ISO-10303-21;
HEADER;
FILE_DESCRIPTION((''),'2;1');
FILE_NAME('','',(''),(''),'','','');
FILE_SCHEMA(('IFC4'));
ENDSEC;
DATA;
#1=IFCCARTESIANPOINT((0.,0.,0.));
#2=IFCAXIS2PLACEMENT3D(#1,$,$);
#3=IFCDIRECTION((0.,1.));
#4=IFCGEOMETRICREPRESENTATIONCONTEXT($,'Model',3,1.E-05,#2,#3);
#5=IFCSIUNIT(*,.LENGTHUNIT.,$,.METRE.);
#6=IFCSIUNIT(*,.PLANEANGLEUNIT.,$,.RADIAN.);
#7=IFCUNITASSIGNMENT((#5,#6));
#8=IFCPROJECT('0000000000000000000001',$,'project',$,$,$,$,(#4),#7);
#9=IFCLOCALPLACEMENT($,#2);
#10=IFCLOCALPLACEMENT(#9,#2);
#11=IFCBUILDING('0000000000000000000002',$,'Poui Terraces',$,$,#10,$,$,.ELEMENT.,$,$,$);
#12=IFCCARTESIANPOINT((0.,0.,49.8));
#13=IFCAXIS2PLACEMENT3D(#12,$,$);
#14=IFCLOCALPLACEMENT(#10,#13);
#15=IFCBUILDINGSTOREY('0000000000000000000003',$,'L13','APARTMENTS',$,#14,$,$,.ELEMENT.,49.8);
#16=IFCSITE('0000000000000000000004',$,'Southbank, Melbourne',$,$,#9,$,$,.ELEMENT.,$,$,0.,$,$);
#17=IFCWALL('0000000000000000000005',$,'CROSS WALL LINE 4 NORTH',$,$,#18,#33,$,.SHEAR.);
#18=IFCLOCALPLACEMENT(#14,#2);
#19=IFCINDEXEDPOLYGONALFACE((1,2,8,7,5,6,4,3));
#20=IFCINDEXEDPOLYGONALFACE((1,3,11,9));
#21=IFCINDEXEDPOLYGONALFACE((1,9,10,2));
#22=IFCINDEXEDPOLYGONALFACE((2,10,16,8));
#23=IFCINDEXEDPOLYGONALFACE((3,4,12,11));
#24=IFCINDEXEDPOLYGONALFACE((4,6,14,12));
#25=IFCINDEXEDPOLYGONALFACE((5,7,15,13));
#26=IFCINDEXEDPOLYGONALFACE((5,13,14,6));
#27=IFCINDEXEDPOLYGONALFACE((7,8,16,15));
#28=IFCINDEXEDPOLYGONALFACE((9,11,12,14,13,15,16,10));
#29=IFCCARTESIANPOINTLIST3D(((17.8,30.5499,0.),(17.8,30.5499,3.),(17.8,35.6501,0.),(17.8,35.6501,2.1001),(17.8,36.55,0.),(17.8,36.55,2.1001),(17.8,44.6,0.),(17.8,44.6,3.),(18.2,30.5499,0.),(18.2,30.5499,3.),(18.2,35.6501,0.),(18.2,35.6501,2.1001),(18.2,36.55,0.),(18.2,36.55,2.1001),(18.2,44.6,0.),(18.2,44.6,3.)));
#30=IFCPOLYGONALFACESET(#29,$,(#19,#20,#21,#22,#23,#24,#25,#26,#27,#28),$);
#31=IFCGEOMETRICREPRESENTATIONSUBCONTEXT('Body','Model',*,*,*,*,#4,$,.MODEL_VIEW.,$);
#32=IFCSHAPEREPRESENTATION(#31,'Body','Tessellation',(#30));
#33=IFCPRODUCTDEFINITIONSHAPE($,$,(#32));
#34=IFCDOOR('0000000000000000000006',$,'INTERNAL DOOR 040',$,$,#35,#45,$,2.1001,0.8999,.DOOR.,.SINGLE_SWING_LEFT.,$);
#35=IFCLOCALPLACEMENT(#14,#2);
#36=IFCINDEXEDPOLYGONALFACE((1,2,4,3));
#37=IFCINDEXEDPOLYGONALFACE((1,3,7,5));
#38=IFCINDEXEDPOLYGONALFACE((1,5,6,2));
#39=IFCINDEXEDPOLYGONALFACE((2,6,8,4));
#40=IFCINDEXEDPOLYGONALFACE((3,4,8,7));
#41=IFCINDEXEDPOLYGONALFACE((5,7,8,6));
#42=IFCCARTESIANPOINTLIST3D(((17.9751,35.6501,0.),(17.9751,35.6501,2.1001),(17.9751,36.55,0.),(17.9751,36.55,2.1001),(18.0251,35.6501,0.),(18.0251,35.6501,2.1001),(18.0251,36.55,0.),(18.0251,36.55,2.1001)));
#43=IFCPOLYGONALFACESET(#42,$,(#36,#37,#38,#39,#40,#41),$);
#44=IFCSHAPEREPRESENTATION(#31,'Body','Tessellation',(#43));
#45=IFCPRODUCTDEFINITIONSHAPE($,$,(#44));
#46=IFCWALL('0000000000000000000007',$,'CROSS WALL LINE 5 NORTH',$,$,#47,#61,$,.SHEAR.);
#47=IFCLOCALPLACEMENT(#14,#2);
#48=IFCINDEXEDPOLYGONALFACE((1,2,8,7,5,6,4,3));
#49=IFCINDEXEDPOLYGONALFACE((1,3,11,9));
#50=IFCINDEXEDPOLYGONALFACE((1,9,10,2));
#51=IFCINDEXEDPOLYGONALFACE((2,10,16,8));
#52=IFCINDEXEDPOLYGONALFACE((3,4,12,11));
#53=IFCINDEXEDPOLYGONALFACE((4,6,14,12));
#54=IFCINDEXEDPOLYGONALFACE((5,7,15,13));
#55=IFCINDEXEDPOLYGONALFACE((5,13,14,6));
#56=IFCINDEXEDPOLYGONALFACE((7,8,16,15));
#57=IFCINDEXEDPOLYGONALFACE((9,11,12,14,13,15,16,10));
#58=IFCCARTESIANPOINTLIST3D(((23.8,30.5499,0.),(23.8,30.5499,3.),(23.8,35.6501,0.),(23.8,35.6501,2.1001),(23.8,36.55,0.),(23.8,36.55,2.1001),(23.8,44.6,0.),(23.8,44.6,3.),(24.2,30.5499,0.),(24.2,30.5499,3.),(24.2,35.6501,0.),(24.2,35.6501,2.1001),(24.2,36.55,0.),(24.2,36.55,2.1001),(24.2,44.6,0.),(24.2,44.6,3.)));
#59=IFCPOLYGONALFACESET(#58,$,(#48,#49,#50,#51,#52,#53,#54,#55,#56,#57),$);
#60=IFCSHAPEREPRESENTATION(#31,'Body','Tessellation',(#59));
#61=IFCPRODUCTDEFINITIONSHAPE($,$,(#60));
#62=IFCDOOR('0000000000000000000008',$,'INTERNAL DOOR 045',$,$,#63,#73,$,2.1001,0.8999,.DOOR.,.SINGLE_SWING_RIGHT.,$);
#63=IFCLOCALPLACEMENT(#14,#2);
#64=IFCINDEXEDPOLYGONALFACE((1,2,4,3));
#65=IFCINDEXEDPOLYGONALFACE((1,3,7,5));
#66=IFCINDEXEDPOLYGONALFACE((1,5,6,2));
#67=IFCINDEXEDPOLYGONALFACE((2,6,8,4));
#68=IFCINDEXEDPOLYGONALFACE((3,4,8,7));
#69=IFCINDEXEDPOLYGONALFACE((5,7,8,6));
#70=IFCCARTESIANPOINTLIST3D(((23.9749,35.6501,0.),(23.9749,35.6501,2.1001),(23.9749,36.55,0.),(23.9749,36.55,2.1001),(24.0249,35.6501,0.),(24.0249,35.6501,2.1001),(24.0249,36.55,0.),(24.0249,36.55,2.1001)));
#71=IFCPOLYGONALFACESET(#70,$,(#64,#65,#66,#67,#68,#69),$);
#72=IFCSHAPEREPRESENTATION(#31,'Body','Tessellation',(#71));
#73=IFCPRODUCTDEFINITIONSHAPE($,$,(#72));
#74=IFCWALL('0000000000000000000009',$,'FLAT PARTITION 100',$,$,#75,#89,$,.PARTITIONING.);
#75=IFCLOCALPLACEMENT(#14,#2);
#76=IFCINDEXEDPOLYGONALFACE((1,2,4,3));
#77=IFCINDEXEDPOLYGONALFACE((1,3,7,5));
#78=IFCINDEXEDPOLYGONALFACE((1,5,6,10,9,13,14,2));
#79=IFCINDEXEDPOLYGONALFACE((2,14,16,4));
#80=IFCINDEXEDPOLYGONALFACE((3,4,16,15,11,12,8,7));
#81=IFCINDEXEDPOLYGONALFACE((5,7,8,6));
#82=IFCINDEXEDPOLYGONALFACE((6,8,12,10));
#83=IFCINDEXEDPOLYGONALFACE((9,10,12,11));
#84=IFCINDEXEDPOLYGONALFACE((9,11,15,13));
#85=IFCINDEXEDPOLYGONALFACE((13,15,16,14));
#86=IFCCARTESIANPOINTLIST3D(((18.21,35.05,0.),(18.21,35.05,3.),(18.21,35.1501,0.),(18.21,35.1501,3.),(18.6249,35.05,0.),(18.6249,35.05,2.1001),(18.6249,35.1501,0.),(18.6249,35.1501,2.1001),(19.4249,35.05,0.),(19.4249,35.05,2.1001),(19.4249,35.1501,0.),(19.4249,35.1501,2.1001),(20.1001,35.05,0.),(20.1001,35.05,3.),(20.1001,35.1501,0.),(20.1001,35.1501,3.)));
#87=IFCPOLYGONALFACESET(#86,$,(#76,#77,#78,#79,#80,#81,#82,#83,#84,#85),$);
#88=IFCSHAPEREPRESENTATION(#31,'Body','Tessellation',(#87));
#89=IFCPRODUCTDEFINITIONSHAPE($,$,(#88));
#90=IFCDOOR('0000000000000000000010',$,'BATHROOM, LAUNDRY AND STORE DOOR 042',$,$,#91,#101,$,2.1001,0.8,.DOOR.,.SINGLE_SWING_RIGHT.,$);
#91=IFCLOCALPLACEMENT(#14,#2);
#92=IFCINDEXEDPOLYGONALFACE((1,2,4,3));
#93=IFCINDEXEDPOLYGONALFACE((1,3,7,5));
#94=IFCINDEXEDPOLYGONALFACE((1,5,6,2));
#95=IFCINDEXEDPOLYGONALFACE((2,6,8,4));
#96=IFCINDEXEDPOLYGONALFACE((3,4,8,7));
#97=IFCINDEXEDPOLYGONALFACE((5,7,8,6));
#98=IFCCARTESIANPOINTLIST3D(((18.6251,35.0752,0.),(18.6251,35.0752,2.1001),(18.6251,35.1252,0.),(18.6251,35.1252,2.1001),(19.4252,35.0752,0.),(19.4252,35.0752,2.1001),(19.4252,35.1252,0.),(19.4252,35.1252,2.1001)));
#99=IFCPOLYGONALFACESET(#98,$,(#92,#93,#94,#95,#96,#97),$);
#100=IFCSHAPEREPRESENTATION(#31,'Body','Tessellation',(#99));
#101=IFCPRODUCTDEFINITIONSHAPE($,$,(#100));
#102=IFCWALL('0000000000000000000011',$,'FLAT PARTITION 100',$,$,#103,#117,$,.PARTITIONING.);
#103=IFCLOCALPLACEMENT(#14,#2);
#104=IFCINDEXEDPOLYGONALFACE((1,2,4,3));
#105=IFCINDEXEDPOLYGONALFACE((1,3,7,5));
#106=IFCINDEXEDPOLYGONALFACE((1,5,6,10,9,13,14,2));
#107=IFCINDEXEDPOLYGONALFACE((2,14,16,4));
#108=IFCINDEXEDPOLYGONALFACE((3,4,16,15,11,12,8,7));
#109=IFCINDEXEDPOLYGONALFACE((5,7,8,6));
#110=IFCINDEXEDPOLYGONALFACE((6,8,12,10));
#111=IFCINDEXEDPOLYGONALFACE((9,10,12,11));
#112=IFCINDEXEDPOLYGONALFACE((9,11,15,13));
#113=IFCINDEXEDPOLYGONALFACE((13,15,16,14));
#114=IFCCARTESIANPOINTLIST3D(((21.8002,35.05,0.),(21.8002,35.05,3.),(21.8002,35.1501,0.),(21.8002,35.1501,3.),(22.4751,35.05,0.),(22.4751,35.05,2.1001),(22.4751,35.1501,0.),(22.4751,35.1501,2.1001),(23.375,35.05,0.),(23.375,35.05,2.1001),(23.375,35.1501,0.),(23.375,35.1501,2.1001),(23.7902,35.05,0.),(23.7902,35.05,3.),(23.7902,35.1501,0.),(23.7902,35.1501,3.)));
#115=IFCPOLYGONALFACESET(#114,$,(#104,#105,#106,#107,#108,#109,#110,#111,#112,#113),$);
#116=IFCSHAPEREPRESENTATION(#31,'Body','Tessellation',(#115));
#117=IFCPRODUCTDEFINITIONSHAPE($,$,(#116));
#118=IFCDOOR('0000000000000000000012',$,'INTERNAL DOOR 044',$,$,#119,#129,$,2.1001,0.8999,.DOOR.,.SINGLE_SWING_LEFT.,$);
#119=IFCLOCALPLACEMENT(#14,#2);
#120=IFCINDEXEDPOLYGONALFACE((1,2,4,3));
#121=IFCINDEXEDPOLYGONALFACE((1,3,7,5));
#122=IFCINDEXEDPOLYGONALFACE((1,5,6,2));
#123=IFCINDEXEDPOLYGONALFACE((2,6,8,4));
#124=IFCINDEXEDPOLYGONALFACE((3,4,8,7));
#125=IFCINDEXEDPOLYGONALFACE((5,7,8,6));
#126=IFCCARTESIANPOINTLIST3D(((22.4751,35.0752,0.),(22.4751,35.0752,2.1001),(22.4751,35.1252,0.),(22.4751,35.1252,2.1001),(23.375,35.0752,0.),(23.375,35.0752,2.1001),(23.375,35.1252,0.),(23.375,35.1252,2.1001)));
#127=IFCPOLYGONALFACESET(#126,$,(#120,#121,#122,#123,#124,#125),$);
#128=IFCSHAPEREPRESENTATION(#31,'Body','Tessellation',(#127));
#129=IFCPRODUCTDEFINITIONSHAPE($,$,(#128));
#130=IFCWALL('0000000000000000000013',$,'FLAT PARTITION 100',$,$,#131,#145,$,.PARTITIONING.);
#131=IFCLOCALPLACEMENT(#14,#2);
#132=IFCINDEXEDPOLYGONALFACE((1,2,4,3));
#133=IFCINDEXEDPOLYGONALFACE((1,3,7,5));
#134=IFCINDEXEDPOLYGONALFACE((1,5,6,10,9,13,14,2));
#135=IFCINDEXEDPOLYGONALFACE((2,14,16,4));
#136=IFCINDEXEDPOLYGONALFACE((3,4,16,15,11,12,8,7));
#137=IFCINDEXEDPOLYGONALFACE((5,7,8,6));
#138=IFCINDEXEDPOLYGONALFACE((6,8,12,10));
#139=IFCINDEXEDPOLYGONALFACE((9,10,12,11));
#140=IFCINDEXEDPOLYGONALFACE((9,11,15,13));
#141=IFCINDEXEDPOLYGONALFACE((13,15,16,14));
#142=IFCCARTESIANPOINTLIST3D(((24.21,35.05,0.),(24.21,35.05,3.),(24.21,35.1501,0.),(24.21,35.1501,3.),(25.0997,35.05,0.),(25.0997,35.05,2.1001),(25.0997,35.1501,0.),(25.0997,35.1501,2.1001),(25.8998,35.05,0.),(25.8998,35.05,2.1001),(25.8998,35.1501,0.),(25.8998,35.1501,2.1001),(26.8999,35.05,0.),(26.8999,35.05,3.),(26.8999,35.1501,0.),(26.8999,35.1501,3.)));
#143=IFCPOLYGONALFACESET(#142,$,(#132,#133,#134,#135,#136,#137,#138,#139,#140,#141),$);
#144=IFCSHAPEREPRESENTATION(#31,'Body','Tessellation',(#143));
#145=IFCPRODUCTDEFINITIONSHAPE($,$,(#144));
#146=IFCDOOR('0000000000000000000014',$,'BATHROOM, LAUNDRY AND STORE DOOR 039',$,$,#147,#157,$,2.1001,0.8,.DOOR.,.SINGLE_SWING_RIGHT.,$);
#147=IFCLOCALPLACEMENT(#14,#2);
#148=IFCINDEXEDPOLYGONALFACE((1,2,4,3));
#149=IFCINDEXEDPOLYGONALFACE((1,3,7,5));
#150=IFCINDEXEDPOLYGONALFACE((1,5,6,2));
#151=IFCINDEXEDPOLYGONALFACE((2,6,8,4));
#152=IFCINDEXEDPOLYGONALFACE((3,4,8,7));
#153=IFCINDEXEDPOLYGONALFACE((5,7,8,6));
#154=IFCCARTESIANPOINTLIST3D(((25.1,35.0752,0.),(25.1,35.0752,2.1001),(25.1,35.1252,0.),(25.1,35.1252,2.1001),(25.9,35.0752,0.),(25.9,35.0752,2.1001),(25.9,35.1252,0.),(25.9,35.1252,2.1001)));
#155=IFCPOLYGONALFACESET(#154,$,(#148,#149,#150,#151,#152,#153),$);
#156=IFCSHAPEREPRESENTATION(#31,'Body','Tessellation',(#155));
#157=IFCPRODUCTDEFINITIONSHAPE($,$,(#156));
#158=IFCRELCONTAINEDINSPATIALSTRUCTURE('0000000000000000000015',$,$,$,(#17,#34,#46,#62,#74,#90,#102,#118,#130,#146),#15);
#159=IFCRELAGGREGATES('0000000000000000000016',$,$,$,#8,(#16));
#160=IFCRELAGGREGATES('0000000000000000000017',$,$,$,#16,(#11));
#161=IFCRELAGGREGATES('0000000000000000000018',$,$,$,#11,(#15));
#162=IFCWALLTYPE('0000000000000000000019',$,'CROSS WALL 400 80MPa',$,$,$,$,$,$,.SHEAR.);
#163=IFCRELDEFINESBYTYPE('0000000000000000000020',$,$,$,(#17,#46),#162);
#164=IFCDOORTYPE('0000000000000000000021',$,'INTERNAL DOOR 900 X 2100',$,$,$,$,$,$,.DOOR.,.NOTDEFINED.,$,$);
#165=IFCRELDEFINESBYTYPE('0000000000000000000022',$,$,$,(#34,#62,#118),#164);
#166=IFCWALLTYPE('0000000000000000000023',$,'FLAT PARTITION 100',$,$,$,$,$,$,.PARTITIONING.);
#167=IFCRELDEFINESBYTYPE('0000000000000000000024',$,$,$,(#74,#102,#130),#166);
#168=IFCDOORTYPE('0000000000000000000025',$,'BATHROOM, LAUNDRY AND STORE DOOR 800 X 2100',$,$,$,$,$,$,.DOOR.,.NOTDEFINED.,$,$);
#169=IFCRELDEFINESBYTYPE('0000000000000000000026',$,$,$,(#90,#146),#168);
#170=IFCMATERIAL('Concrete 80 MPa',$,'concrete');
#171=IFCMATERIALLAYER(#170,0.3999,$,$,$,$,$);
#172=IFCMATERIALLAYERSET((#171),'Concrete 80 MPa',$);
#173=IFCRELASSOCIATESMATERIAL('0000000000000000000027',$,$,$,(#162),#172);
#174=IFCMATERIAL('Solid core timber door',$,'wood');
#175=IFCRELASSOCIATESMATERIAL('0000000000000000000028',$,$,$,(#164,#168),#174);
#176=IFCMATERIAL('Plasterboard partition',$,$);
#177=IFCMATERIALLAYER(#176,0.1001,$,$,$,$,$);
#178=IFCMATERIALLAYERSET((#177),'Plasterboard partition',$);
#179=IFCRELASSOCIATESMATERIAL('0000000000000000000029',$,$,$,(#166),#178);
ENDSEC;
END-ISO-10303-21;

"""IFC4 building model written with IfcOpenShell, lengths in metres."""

from ifc_helpers import new_model, si_unit, direction, frame, frame_2d, origin, place, context, subcontext, project, spatial, rectangle, extrude, material, layer, layer_set, type_object, element, fill, save


model = new_model("IFC4")

# Units and contexts
model_context = context("Model", 3, precision=1e-05, world=origin(), true_north=direction((0.0, 1.0)))
body_context = subcontext(model_context, "Body", "Model", "MODEL_VIEW")
ifc_project = project(units=[si_unit("LENGTHUNIT", "METRE"), si_unit("PLANEANGLEUNIT", "RADIAN")], contexts=[model_context])

# Site, building, storey
site_placement = place(None, origin())
site = spatial("IfcSite", under=ifc_project, at=site_placement, Name="Southbank, Melbourne", CompositionType="ELEMENT", RefElevation=0.0)
building_placement = place(site_placement, origin())
building = spatial("IfcBuilding", under=site, at=building_placement, Name="Poui Terraces", CompositionType="ELEMENT")
storey_placement = place(building_placement, frame((0.0, 0.0, 49.8)))
storey = spatial("IfcBuildingStorey", under=building, at=storey_placement, Name="L13", Description="APARTMENTS", CompositionType="ELEMENT", Elevation=49.8)

# Walls, openings, doors
ifc_material_1 = material(Name="Concrete 80 MPa", Category="concrete")
ifc_layer_1 = layer(ifc_material_1, 0.3999)
ifc_layer_set_1 = layer_set([ifc_layer_1], Name="Concrete 80 MPa")
wall_type_1 = type_object("IfcWallType", Name="CROSS WALL 400 80MPa", PredefinedType="SHEAR", material=ifc_layer_set_1)
wall_1_placement = place(storey_placement, frame((18.0, 30.55, 0.0), z_axis=(0.0, 0.0, 1.0), x_axis=(0.0, 1.0, 0.0)))
wall_1 = element("IfcWall", 1, at=wall_1_placement, inside=storey, type_object=wall_type_1, Name="CROSS WALL LINE 4 NORTH", PredefinedType="SHEAR", context=body_context, shape_type="SweptSolid", body=[
    extrude(rectangle(XDim=14.05, YDim=0.3999, at=frame_2d((7.0249, 0.0))), origin(), (0.0, 0.0, 1.0), 3.0),
])
opening_1_placement = place(wall_1_placement, frame((5.1001, 0.0, 0.0)))
opening_1 = element("IfcOpeningElement", 2, at=opening_1_placement, cuts=wall_1, PredefinedType="OPENING", context=body_context, shape_type="SweptSolid", body=[
    extrude(rectangle(XDim=0.8999, YDim=2.1001, at=frame_2d((0.45, 1.05))), frame((0.0, 0.21, 0.0), z_axis=(0.0, -1.0, 0.0), x_axis=(1.0, 0.0, 0.0)), (0.0, 0.0, 1.0), 0.4199),
])
ifc_material_2 = material(Name="Solid core timber door", Category="wood")
door_type_1 = type_object("IfcDoorType", Name="INTERNAL DOOR 900 X 2100", OperationType="NOTDEFINED", PredefinedType="DOOR", material=ifc_material_2)
door_1_placement = place(opening_1_placement, origin())
door_1 = element("IfcDoor", 3, at=door_1_placement, inside=storey, type_object=door_type_1, Name="INTERNAL DOOR 040", OperationType="SINGLE_SWING_LEFT", OverallHeight=2.1001, OverallWidth=0.8999, PredefinedType="DOOR", context=body_context, shape_type="SweptSolid", body=[
    extrude(rectangle(XDim=0.8999, YDim=2.1001, at=frame_2d((0.45, 1.05))), frame((0.0, 0.0249, 0.0), z_axis=(0.0, -1.0, 0.0), x_axis=(1.0, 0.0, 0.0)), (0.0, 0.0, 1.0), 0.05),
])
fill(opening_1, door_1)
wall_2_placement = place(storey_placement, frame((24.0, 30.55, 0.0), z_axis=(0.0, 0.0, 1.0), x_axis=(0.0, 1.0, 0.0)))
wall_2 = element("IfcWall", 4, at=wall_2_placement, inside=storey, type_object=wall_type_1, Name="CROSS WALL LINE 5 NORTH", PredefinedType="SHEAR", context=body_context, shape_type="SweptSolid", body=[
    extrude(rectangle(XDim=14.05, YDim=0.3999, at=frame_2d((7.0249, 0.0))), origin(), (0.0, 0.0, 1.0), 3.0),
])
opening_2_placement = place(wall_2_placement, frame((5.1001, 0.0, 0.0)))
opening_2 = element("IfcOpeningElement", 5, at=opening_2_placement, cuts=wall_2, PredefinedType="OPENING", context=body_context, shape_type="SweptSolid", body=[
    extrude(rectangle(XDim=0.8999, YDim=2.1001, at=frame_2d((0.45, 1.05))), frame((0.0, 0.21, 0.0), z_axis=(0.0, -1.0, 0.0), x_axis=(1.0, 0.0, 0.0)), (0.0, 0.0, 1.0), 0.4199),
])
door_2_placement = place(opening_2_placement, frame((0.8999, 0.0, 0.0), z_axis=(0.0, 0.0, 1.0), x_axis=(-1.0, 0.0, 0.0)))
door_2 = element("IfcDoor", 6, at=door_2_placement, inside=storey, type_object=door_type_1, Name="INTERNAL DOOR 045", OperationType="SINGLE_SWING_RIGHT", OverallHeight=2.1001, OverallWidth=0.8999, PredefinedType="DOOR", context=body_context, shape_type="SweptSolid", body=[
    extrude(rectangle(XDim=0.8999, YDim=2.1001, at=frame_2d((0.45, 1.05))), frame((0.0, 0.0249, 0.0), z_axis=(0.0, -1.0, 0.0), x_axis=(1.0, 0.0, 0.0)), (0.0, 0.0, 1.0), 0.05),
])
fill(opening_2, door_2)
ifc_material_3 = material(Name="Plasterboard partition")
ifc_layer_2 = layer(ifc_material_3, 0.1001)
ifc_layer_set_2 = layer_set([ifc_layer_2], Name="Plasterboard partition")
wall_type_2 = type_object("IfcWallType", Name="FLAT PARTITION 100", PredefinedType="PARTITIONING", material=ifc_layer_set_2)
wall_3_placement = place(storey_placement, frame((18.21, 35.1001, 0.0), z_axis=(0.0, 0.0, 1.0), x_axis=(1.0, 0.0, 0.0)))
wall_3 = element("IfcWall", 7, at=wall_3_placement, inside=storey, type_object=wall_type_2, Name="FLAT PARTITION 100", PredefinedType="PARTITIONING", context=body_context, shape_type="SweptSolid", body=[
    extrude(rectangle(XDim=1.8901, YDim=0.1001, at=frame_2d((0.9451, 0.0))), origin(), (0.0, 0.0, 1.0), 3.0),
])
opening_3_placement = place(wall_3_placement, frame((0.415, 0.0, 0.0)))
opening_3 = element("IfcOpeningElement", 8, at=opening_3_placement, cuts=wall_3, PredefinedType="OPENING", context=body_context, shape_type="SweptSolid", body=[
    extrude(rectangle(XDim=0.8, YDim=2.1001, at=frame_2d((0.3999, 1.05))), frame((0.0, 0.0601, 0.0), z_axis=(0.0, -1.0, 0.0), x_axis=(1.0, 0.0, 0.0)), (0.0, 0.0, 1.0), 0.1201),
])
door_type_2 = type_object("IfcDoorType", Name="BATHROOM, LAUNDRY AND STORE DOOR 800 X 2100", OperationType="NOTDEFINED", PredefinedType="DOOR", material=ifc_material_2)
door_3_placement = place(opening_3_placement, frame((0.8, 0.0, 0.0), z_axis=(0.0, 0.0, 1.0), x_axis=(-1.0, 0.0, 0.0)))
door_3 = element("IfcDoor", 9, at=door_3_placement, inside=storey, type_object=door_type_2, Name="BATHROOM, LAUNDRY AND STORE DOOR 042", OperationType="SINGLE_SWING_RIGHT", OverallHeight=2.1001, OverallWidth=0.8, PredefinedType="DOOR", context=body_context, shape_type="SweptSolid", body=[
    extrude(rectangle(XDim=0.8, YDim=2.1001, at=frame_2d((0.3999, 1.05))), frame((0.0, 0.0249, 0.0), z_axis=(0.0, -1.0, 0.0), x_axis=(1.0, 0.0, 0.0)), (0.0, 0.0, 1.0), 0.05),
])
fill(opening_3, door_3)
wall_4_placement = place(storey_placement, frame((21.8, 35.1001, 0.0), z_axis=(0.0, 0.0, 1.0), x_axis=(1.0, 0.0, 0.0)))
wall_4 = element("IfcWall", 10, at=wall_4_placement, inside=storey, type_object=wall_type_2, Name="FLAT PARTITION 100", PredefinedType="PARTITIONING", context=body_context, shape_type="SweptSolid", body=[
    extrude(rectangle(XDim=1.99, YDim=0.1001, at=frame_2d((0.9951, 0.0))), origin(), (0.0, 0.0, 1.0), 3.0),
])
opening_4_placement = place(wall_4_placement, frame((0.675, 0.0, 0.0)))
opening_4 = element("IfcOpeningElement", 11, at=opening_4_placement, cuts=wall_4, PredefinedType="OPENING", context=body_context, shape_type="SweptSolid", body=[
    extrude(rectangle(XDim=0.8999, YDim=2.1001, at=frame_2d((0.45, 1.05))), frame((0.0, 0.0601, 0.0), z_axis=(0.0, -1.0, 0.0), x_axis=(1.0, 0.0, 0.0)), (0.0, 0.0, 1.0), 0.1201),
])
door_4_placement = place(opening_4_placement, frame((0.8999, 0.0, 0.0), z_axis=(0.0, 0.0, 1.0), x_axis=(-1.0, 0.0, 0.0)))
door_4 = element("IfcDoor", 12, at=door_4_placement, inside=storey, type_object=door_type_1, Name="INTERNAL DOOR 044", OperationType="SINGLE_SWING_LEFT", OverallHeight=2.1001, OverallWidth=0.8999, PredefinedType="DOOR", context=body_context, shape_type="SweptSolid", body=[
    extrude(rectangle(XDim=0.8999, YDim=2.1001, at=frame_2d((0.45, 1.05))), frame((0.0, 0.0249, 0.0), z_axis=(0.0, -1.0, 0.0), x_axis=(1.0, 0.0, 0.0)), (0.0, 0.0, 1.0), 0.05),
])
fill(opening_4, door_4)
wall_5_placement = place(storey_placement, frame((24.21, 35.1001, 0.0), z_axis=(0.0, 0.0, 1.0), x_axis=(1.0, 0.0, 0.0)))
wall_5 = element("IfcWall", 13, at=wall_5_placement, inside=storey, type_object=wall_type_2, Name="FLAT PARTITION 100", PredefinedType="PARTITIONING", context=body_context, shape_type="SweptSolid", body=[
    extrude(rectangle(XDim=2.6899, YDim=0.1001, at=frame_2d((1.345, 0.0))), origin(), (0.0, 0.0, 1.0), 3.0),
])
opening_5_placement = place(wall_5_placement, frame((0.8899, 0.0, 0.0)))
opening_5 = element("IfcOpeningElement", 14, at=opening_5_placement, cuts=wall_5, PredefinedType="OPENING", context=body_context, shape_type="SweptSolid", body=[
    extrude(rectangle(XDim=0.8, YDim=2.1001, at=frame_2d((0.3999, 1.05))), frame((0.0, 0.0601, 0.0), z_axis=(0.0, -1.0, 0.0), x_axis=(1.0, 0.0, 0.0)), (0.0, 0.0, 1.0), 0.1201),
])
door_5_placement = place(opening_5_placement, frame((0.8, 0.0, 0.0), z_axis=(0.0, 0.0, 1.0), x_axis=(-1.0, 0.0, 0.0)))
door_5 = element("IfcDoor", 15, at=door_5_placement, inside=storey, type_object=door_type_2, Name="BATHROOM, LAUNDRY AND STORE DOOR 039", OperationType="SINGLE_SWING_RIGHT", OverallHeight=2.1001, OverallWidth=0.8, PredefinedType="DOOR", context=body_context, shape_type="SweptSolid", body=[
    extrude(rectangle(XDim=0.8, YDim=2.1001, at=frame_2d((0.3999, 1.05))), frame((0.0, 0.0249, 0.0), z_axis=(0.0, -1.0, 0.0), x_axis=(1.0, 0.0, 0.0)), (0.0, 0.0, 1.0), 0.05),
])
fill(opening_5, door_5)

save(model, "model.ifc")
